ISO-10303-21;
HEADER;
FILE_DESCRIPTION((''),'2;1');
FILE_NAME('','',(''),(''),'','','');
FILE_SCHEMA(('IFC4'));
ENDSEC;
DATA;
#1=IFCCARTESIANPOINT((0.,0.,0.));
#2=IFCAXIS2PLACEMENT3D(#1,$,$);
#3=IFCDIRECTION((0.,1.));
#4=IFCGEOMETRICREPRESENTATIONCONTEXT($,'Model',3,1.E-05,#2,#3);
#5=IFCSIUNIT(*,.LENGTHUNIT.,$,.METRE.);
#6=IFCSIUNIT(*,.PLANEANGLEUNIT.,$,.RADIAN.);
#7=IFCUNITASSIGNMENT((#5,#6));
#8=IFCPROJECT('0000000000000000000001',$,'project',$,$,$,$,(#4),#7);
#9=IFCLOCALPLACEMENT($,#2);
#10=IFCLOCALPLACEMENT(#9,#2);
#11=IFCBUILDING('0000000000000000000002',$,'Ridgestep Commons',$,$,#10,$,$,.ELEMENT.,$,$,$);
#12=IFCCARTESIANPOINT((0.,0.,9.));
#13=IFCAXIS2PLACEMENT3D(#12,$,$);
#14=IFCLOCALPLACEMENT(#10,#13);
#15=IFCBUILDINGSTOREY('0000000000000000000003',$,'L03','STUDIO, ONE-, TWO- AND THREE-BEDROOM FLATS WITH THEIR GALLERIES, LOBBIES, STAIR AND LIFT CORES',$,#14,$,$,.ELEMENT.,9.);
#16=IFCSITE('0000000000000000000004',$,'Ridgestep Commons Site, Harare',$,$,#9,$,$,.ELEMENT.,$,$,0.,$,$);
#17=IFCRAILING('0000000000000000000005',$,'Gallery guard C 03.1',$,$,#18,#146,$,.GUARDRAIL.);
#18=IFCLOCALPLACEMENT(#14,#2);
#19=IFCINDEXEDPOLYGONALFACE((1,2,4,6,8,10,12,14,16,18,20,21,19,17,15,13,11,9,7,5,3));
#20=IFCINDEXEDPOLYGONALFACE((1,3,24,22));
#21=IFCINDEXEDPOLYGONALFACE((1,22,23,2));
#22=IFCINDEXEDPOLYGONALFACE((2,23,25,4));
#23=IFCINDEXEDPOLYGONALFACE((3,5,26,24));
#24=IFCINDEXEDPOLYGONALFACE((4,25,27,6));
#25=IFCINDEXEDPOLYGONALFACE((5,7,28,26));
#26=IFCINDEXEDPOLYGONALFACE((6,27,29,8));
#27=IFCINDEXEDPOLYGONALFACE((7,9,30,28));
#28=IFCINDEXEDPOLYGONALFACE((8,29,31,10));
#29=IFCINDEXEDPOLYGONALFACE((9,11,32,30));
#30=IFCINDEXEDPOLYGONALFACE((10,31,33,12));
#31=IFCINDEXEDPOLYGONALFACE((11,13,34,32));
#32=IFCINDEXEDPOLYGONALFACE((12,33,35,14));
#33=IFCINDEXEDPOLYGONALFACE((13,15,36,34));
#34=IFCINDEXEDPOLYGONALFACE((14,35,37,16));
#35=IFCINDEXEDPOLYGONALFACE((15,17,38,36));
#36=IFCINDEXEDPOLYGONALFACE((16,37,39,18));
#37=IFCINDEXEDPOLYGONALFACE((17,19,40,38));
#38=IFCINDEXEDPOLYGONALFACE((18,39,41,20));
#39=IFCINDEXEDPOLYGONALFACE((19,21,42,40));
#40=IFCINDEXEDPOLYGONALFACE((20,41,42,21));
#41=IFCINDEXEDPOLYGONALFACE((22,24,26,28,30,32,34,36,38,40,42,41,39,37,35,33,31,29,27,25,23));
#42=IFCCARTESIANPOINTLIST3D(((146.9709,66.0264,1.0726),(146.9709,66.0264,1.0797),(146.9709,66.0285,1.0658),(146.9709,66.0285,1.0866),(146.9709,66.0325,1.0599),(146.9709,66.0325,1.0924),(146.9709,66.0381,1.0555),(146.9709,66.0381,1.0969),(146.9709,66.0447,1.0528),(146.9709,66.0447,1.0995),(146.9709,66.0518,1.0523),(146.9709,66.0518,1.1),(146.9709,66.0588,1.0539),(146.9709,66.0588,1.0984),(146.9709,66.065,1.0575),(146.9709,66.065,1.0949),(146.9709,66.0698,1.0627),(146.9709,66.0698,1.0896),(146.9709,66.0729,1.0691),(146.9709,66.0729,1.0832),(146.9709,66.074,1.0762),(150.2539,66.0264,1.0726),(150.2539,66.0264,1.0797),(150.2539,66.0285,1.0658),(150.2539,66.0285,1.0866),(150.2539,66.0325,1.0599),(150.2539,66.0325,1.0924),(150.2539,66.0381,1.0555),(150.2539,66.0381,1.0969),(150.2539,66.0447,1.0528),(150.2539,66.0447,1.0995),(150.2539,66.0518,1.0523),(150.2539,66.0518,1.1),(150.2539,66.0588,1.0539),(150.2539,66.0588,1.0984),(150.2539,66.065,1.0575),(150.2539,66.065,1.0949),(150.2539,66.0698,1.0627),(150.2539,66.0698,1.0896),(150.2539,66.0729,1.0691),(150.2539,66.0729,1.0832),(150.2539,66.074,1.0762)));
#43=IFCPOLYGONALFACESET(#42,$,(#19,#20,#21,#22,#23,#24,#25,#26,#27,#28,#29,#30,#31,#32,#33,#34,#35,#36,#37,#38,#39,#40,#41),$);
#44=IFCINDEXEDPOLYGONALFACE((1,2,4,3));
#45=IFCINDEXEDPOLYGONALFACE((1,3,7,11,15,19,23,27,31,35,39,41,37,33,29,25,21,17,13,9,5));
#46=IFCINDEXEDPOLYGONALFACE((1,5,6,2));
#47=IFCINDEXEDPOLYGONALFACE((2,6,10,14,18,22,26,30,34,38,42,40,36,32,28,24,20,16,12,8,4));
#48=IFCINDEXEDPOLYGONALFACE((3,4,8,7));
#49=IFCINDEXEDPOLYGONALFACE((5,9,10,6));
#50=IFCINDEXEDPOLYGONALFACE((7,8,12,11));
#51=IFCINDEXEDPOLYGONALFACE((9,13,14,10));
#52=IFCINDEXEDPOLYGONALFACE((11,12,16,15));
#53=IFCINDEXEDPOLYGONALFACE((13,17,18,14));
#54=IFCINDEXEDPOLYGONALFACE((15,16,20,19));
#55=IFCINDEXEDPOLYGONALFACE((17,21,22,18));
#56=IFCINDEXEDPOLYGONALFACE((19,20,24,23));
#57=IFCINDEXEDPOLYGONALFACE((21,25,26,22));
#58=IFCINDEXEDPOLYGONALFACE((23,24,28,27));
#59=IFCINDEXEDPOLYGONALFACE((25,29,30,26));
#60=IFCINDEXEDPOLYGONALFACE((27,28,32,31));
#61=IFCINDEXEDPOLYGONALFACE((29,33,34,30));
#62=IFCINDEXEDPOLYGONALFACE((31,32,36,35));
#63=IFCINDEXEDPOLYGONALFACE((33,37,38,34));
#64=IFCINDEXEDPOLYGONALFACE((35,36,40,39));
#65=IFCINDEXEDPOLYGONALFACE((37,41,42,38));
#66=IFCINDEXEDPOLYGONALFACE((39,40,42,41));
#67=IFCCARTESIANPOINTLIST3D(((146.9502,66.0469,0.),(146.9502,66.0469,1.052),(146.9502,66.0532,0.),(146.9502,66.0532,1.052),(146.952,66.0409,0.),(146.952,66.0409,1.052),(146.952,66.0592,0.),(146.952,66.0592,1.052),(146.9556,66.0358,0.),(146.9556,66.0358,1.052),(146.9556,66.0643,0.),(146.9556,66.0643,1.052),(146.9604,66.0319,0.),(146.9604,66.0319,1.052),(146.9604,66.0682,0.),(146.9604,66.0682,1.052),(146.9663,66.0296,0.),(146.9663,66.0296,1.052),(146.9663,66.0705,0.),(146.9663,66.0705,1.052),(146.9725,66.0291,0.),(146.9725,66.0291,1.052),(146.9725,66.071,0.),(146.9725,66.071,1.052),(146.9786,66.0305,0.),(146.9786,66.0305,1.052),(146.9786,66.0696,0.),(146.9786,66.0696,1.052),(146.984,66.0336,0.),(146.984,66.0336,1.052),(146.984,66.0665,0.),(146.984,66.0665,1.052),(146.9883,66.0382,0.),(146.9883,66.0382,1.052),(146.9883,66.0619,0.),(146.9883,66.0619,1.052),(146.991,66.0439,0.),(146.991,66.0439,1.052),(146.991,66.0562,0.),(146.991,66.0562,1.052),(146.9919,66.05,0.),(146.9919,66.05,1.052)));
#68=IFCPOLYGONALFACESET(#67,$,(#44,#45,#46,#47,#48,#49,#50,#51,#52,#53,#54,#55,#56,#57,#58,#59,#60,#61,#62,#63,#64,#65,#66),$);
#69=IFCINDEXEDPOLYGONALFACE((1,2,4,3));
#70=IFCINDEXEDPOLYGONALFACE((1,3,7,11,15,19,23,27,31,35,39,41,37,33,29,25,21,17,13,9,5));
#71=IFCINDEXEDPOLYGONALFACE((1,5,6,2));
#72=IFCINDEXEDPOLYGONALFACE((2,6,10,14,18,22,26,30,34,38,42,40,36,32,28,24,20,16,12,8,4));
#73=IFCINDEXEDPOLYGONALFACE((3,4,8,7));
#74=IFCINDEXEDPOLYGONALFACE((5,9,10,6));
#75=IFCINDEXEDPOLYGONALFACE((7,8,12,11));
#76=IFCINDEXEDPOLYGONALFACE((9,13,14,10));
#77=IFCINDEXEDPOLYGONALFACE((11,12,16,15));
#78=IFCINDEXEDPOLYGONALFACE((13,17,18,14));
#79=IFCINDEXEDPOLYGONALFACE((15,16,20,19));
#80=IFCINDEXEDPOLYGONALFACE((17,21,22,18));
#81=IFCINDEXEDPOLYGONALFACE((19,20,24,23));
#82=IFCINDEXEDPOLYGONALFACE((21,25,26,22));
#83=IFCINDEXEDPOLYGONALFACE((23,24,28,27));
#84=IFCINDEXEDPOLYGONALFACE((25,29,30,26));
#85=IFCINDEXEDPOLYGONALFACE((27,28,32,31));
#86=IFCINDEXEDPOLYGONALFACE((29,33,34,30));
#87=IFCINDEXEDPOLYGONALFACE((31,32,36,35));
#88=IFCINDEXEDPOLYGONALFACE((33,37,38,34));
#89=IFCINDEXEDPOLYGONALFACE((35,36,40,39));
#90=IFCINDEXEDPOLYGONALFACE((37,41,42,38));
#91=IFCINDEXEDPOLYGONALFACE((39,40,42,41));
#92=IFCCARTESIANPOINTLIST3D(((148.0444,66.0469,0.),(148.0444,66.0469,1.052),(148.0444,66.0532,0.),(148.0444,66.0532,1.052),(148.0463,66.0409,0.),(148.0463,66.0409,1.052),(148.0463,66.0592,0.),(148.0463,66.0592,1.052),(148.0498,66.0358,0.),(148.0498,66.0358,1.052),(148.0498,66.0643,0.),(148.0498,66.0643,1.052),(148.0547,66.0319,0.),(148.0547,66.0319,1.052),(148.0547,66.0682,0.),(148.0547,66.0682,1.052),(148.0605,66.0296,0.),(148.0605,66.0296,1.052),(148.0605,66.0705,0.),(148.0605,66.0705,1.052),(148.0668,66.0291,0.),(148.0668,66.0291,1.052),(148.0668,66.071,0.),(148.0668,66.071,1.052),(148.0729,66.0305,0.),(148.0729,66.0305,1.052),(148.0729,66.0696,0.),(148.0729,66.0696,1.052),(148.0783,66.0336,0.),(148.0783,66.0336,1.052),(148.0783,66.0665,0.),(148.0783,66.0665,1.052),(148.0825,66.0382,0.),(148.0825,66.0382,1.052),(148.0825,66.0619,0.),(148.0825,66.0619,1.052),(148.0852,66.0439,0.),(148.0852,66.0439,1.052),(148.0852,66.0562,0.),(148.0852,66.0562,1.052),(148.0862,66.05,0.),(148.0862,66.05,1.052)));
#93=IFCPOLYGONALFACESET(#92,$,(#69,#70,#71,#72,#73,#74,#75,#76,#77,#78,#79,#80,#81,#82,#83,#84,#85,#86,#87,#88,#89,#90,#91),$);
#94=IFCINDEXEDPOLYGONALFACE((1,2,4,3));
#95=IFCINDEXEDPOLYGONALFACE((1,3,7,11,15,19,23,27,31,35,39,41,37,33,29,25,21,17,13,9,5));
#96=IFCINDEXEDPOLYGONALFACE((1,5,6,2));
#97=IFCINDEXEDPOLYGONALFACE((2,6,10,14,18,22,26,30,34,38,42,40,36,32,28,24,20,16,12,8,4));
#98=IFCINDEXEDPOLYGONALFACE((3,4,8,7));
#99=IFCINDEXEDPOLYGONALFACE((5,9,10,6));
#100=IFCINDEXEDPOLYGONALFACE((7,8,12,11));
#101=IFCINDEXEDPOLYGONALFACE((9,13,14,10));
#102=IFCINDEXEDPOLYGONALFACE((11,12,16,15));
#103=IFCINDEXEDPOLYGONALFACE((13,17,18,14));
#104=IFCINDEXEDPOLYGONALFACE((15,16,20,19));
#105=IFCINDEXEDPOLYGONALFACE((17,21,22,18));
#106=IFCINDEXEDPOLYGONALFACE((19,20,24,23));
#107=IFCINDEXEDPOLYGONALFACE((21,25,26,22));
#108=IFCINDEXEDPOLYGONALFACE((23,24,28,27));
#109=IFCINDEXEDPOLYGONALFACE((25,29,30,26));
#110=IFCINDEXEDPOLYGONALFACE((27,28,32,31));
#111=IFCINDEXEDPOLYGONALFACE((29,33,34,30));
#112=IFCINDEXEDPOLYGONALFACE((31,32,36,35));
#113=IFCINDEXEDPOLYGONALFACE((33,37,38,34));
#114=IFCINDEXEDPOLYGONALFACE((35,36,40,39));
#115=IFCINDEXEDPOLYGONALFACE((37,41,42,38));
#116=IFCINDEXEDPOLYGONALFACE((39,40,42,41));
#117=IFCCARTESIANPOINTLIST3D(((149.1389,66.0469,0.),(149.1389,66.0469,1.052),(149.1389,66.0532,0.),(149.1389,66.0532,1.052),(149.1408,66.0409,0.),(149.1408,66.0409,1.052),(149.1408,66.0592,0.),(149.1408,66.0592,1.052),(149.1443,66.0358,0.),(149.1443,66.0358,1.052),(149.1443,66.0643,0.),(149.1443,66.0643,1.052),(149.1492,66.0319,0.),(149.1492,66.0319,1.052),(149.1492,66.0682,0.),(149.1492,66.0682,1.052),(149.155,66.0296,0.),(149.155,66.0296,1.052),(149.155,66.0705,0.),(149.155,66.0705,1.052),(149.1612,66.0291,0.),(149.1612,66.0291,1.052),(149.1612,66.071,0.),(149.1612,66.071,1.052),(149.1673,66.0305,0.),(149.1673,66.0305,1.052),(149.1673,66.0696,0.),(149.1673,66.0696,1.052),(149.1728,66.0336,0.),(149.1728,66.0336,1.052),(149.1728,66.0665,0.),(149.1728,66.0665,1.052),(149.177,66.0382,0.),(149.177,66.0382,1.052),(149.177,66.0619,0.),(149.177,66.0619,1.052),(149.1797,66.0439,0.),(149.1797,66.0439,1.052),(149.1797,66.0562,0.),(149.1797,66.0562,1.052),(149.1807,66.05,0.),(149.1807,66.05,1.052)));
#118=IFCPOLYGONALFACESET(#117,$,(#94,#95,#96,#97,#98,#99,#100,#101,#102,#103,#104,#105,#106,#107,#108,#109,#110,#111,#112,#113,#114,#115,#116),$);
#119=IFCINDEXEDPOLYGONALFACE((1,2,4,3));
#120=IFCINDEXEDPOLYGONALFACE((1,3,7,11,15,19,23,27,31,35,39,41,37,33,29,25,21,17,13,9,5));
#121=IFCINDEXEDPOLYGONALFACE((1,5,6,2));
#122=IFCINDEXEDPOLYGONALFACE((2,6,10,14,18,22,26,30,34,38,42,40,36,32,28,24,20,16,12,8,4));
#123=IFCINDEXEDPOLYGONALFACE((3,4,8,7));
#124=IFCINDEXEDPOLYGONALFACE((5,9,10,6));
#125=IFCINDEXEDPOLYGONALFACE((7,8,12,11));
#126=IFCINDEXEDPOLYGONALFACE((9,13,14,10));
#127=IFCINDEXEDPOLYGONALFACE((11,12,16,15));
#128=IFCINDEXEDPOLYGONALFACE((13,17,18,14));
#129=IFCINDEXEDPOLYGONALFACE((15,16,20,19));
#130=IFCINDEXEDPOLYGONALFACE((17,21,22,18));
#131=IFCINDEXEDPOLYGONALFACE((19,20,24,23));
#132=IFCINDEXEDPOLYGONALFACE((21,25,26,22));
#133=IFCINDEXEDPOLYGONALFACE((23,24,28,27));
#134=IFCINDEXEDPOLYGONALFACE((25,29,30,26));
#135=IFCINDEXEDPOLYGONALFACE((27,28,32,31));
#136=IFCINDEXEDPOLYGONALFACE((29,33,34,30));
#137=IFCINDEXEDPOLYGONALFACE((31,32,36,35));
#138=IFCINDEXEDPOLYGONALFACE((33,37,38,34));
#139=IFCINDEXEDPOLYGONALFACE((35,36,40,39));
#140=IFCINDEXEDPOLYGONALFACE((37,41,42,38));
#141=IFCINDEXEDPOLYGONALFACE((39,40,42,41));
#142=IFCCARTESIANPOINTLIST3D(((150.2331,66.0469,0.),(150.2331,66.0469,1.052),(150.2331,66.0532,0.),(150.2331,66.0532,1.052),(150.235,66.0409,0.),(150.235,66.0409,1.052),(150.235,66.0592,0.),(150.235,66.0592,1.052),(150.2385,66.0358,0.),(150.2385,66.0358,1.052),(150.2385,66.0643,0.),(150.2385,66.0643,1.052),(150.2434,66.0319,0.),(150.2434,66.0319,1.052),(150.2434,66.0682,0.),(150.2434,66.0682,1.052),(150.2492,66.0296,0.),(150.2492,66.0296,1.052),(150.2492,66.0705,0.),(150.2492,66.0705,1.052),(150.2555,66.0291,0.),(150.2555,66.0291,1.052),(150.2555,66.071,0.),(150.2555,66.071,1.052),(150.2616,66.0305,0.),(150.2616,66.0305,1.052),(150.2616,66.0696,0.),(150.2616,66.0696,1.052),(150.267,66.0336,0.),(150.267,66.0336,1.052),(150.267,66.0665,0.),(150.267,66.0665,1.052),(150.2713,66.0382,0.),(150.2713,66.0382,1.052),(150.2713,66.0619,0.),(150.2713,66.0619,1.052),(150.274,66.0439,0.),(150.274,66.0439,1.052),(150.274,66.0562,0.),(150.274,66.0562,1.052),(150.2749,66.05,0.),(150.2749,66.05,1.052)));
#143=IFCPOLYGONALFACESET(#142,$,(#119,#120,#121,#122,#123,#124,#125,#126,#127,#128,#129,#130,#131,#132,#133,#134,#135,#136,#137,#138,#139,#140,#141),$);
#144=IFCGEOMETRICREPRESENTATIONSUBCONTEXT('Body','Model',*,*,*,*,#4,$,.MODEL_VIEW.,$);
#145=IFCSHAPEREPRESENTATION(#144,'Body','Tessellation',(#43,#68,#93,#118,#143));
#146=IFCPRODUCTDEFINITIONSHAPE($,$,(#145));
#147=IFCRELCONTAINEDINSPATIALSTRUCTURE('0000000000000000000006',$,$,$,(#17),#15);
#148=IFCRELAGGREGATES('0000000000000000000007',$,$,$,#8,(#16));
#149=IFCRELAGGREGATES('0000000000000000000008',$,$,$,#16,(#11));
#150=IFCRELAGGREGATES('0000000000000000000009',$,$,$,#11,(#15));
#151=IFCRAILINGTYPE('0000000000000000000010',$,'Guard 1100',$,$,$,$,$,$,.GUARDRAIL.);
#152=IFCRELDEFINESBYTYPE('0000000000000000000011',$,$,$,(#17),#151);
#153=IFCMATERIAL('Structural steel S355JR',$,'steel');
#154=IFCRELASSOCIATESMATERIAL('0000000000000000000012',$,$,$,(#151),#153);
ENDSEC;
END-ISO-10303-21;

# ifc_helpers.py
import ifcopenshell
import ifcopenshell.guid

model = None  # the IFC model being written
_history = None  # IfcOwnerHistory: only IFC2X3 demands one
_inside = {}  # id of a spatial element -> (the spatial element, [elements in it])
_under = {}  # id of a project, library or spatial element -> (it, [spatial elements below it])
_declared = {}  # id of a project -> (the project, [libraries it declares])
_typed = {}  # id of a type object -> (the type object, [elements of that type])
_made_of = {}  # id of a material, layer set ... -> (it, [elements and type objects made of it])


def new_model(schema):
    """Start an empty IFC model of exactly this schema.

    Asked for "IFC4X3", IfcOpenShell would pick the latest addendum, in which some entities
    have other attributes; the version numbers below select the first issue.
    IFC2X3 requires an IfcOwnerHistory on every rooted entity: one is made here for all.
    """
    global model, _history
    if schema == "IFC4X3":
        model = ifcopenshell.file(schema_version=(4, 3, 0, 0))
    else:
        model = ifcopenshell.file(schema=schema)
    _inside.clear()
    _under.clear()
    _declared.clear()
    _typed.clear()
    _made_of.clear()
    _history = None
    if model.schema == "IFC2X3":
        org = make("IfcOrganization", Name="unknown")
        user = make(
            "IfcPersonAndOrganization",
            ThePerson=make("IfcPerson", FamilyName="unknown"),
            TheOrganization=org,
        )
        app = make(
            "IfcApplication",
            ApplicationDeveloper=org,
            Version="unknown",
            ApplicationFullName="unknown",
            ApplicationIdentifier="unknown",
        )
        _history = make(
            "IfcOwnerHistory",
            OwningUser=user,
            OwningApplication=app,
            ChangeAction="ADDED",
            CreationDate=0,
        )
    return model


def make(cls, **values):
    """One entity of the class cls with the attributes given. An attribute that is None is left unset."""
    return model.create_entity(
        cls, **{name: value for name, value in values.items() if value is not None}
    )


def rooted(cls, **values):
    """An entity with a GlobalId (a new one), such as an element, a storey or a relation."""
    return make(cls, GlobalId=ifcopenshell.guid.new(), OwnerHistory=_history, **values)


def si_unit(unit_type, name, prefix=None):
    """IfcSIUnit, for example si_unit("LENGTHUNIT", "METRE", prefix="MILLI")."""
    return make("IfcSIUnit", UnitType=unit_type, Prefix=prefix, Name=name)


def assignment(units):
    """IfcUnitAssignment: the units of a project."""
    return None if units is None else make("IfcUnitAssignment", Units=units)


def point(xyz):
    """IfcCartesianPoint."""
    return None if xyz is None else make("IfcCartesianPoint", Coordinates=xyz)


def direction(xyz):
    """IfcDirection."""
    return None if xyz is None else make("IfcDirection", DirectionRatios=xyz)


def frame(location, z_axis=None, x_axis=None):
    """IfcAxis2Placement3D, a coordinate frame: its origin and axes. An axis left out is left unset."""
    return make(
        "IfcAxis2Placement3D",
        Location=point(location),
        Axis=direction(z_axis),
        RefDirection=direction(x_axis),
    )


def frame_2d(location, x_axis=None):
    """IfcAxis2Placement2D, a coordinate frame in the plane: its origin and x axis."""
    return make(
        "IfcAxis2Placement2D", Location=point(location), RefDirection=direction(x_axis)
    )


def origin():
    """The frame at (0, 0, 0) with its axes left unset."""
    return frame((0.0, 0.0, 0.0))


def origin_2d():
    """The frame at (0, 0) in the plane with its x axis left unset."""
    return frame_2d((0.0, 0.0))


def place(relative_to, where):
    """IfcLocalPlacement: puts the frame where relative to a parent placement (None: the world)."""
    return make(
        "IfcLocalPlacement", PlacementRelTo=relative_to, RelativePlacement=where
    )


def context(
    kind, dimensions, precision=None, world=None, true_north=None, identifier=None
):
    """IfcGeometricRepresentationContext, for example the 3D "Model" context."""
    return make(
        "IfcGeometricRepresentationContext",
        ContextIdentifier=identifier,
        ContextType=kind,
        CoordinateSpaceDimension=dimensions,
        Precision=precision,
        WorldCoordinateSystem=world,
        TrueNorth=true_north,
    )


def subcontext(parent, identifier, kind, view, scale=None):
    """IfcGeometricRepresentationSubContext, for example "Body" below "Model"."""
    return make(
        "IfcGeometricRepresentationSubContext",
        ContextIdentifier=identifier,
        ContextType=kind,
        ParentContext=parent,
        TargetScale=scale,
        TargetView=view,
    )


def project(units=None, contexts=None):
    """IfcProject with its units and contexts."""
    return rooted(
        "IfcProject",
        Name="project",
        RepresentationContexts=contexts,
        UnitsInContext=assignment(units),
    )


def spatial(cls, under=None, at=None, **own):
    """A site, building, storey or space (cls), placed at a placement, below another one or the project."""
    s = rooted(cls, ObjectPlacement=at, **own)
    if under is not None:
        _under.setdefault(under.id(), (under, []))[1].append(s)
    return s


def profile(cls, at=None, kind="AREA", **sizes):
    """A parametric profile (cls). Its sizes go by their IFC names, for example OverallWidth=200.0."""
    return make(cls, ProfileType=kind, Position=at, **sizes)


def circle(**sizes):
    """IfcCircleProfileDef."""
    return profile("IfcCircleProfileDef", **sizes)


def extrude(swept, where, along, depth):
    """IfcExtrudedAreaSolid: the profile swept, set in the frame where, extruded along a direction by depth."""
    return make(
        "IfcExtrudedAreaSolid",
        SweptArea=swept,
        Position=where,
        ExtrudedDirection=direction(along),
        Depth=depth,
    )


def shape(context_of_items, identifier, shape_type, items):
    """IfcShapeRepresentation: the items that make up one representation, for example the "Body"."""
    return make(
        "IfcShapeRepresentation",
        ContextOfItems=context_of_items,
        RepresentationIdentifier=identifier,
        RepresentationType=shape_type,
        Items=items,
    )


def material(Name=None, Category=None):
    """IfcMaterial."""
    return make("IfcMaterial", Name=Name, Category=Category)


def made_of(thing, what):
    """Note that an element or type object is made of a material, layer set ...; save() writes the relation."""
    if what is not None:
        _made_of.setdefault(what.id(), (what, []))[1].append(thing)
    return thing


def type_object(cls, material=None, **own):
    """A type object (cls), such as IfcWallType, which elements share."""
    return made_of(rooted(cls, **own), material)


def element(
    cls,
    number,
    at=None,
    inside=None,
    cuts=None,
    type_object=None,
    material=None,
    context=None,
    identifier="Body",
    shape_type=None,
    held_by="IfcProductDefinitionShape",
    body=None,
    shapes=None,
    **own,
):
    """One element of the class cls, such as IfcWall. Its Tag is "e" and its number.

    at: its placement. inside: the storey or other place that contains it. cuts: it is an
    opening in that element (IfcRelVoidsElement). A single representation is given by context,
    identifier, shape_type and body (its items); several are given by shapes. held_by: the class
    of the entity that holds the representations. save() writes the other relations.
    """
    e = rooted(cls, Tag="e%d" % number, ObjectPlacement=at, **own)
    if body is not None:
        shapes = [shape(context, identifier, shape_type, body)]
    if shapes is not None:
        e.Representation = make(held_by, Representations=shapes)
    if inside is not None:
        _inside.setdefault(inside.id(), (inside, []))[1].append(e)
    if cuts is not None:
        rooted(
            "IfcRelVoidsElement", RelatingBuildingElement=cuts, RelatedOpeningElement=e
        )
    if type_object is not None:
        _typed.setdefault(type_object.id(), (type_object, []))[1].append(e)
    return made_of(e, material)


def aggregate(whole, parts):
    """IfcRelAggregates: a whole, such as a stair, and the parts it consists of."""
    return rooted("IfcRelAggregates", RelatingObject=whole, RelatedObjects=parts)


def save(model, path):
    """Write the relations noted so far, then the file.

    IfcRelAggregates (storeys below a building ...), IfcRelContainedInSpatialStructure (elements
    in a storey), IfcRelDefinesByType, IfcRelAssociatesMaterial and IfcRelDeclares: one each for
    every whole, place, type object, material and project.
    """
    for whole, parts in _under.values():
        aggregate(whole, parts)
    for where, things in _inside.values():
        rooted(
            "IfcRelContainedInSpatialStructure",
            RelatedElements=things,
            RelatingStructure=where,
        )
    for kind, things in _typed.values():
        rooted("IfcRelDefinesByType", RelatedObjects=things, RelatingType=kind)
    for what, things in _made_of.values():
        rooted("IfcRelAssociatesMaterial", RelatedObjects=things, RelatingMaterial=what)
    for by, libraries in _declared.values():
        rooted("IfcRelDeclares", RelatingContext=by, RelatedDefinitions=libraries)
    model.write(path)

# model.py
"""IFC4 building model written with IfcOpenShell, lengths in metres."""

from ifc_helpers import new_model, si_unit, direction, frame, origin, origin_2d, place, context, subcontext, project, spatial, circle, extrude, material, type_object, element, save


model = new_model("IFC4")

# Units and contexts
model_context = context("Model", 3, precision=1e-05, world=origin(), true_north=direction((0.0, 1.0)))
body_context = subcontext(model_context, "Body", "Model", "MODEL_VIEW")
ifc_project = project(units=[si_unit("LENGTHUNIT", "METRE"), si_unit("PLANEANGLEUNIT", "RADIAN")], contexts=[model_context])

# Site, building, storey
site_placement = place(None, origin())
site = spatial("IfcSite", under=ifc_project, at=site_placement, Name="Ridgestep Commons Site, Harare", CompositionType="ELEMENT", RefElevation=0.0)
building_placement = place(site_placement, origin())
building = spatial("IfcBuilding", under=site, at=building_placement, Name="Ridgestep Commons", CompositionType="ELEMENT")
storey_placement = place(building_placement, frame((0.0, 0.0, 9.0)))
storey = spatial("IfcBuildingStorey", under=building, at=storey_placement, Name="L03", Description="STUDIO, ONE-, TWO- AND THREE-BEDROOM FLATS WITH THEIR GALLERIES, LOBBIES, STAIR AND LIFT CORES", CompositionType="ELEMENT", Elevation=9.0)

# Railing
ifc_material_1 = material(Name="Structural steel S355JR", Category="steel")
railing_type = type_object("IfcRailingType", Name="Guard 1100", PredefinedType="GUARDRAIL", material=ifc_material_1)
railing_1_placement = place(storey_placement, frame((146.9709, 66.05, 0.0)))
element("IfcRailing", 1, at=railing_1_placement, inside=storey, type_object=railing_type, Name="Gallery guard C 03.1", PredefinedType="GUARDRAIL", context=body_context, shape_type="SweptSolid", body=[
    extrude(circle(Radius=0.0239, at=origin_2d()), frame((0.0, 0.0, 1.0762), z_axis=(1.0, 0.0, 0.0), x_axis=(0.0, 1.0, 0.0)), (0.0, 0.0, 1.0), 3.283),
    extrude(circle(Radius=0.021, at=origin_2d()), origin(), (0.0, 0.0, 1.0), 1.052),
    extrude(circle(Radius=0.021, at=origin_2d()), frame((1.0942, 0.0, 0.0)), (0.0, 0.0, 1.0), 1.052),
    extrude(circle(Radius=0.021, at=origin_2d()), frame((2.1887, 0.0, 0.0)), (0.0, 0.0, 1.0), 1.052),
    extrude(circle(Radius=0.021, at=origin_2d()), frame((3.283, 0.0, 0.0)), (0.0, 0.0, 1.0), 1.052),
])

save(model, "model.ifc")
